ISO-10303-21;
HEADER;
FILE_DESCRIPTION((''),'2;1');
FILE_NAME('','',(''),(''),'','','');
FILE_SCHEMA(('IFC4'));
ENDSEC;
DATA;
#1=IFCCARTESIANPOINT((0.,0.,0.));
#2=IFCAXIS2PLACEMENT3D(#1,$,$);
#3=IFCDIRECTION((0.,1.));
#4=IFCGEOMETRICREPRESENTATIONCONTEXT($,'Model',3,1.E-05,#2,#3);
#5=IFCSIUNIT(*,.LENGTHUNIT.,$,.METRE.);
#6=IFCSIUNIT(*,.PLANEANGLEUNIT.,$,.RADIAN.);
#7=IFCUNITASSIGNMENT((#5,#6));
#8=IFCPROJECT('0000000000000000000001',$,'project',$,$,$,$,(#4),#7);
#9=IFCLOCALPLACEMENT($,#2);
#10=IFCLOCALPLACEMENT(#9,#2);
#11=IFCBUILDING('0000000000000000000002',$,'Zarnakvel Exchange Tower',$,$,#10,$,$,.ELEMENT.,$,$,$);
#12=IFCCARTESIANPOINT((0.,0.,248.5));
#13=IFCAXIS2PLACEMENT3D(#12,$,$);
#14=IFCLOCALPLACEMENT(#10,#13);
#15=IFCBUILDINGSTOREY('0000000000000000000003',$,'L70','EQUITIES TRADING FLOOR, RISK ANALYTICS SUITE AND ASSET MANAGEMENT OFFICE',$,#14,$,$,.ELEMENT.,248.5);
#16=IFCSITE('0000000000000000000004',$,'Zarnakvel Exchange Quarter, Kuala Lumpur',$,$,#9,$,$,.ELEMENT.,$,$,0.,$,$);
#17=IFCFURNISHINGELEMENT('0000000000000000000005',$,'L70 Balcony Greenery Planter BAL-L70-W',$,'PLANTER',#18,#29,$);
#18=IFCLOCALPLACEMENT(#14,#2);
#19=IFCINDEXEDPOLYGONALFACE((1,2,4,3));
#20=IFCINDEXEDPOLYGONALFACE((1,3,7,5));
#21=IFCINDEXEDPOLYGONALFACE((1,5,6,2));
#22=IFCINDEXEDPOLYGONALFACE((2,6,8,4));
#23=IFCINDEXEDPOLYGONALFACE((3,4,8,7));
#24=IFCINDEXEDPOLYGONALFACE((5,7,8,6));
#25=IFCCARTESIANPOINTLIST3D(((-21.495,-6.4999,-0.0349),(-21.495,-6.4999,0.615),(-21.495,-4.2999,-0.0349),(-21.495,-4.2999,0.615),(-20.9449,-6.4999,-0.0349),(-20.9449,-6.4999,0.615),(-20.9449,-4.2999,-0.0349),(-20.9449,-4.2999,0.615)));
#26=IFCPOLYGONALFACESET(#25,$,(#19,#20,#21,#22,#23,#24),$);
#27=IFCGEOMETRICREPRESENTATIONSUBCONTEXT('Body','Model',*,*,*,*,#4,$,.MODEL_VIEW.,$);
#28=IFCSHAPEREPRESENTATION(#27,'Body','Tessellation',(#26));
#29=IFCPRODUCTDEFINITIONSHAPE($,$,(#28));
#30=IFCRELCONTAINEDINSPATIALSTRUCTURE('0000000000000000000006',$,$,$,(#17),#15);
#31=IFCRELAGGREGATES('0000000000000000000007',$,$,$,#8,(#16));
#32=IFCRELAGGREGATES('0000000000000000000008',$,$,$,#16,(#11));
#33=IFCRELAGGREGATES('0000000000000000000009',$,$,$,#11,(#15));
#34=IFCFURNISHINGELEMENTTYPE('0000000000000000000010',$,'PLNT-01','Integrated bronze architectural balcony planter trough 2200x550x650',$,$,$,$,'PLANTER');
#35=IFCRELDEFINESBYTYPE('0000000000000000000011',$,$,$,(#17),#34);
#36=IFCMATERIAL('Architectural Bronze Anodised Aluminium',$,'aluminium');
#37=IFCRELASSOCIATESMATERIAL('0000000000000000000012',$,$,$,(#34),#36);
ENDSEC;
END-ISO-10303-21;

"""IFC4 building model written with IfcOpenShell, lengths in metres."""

from ifc_helpers import new_model, si_unit, direction, frame, origin, origin_2d, place, context, subcontext, project, spatial, rectangle, extrude, source, transform, mapped, material, type_object, element, save


model = new_model("IFC4")

# Units and contexts
model_context = context("Model", 3, precision=1e-05, world=origin(), true_north=direction((0.0, 1.0)))
body_context = subcontext(model_context, "Body", "Model", "MODEL_VIEW")
ifc_project = project(units=[si_unit("LENGTHUNIT", "METRE"), si_unit("PLANEANGLEUNIT", "RADIAN")], contexts=[model_context])

# Site, building, storey
site_placement = place(None, origin())
site = spatial("IfcSite", under=ifc_project, at=site_placement, Name="Zarnakvel Exchange Quarter, Kuala Lumpur", CompositionType="ELEMENT", RefElevation=0.0)
building_placement = place(site_placement, origin())
building = spatial("IfcBuilding", under=site, at=building_placement, Name="Zarnakvel Exchange Tower", CompositionType="ELEMENT")
storey_placement = place(building_placement, frame((0.0, 0.0, 248.5)))
storey = spatial("IfcBuildingStorey", under=building, at=storey_placement, Name="L70", Description="EQUITIES TRADING FLOOR, RISK ANALYTICS SUITE AND ASSET MANAGEMENT OFFICE", CompositionType="ELEMENT", Elevation=248.5)

# Shared definitions
ifc_material_1 = material(Name="Architectural Bronze Anodised Aluminium", Category="aluminium")

# Furnishing element
furnishing_element_type = type_object("IfcFurnishingElementType", Name="PLNT-01", Description="Integrated bronze architectural balcony planter trough 2200x550x650", ElementType="PLANTER", material=ifc_material_1)
shared_shape_1 = source(origin(), body_context, "Body", "SweptSolid", [
    extrude(rectangle(XDim=2.2, YDim=0.55, at=origin_2d()), origin(), (0.0, 0.0, 1.0), 0.6499),
])
furnishing_placement = place(storey_placement, frame((-21.22, -5.3999, -0.0349), z_axis=(0.0, 0.0, 1.0), x_axis=(0.0, 1.0, 0.0)))
element("IfcFurnishingElement", 1, at=furnishing_placement, inside=storey, type_object=furnishing_element_type, Name="L70 Balcony Greenery Planter BAL-L70-W", ObjectType="PLANTER", context=body_context, shape_type="MappedRepresentation", body=[
    mapped(shared_shape_1, transform((0.0, 0.0, 0.0), x_axis=(1.0, 0.0, 0.0), y_axis=(0.0, 1.0, 0.0), z_axis=(0.0, 0.0, 1.0), scale=1.0)),
])

save(model, "model.ifc")
